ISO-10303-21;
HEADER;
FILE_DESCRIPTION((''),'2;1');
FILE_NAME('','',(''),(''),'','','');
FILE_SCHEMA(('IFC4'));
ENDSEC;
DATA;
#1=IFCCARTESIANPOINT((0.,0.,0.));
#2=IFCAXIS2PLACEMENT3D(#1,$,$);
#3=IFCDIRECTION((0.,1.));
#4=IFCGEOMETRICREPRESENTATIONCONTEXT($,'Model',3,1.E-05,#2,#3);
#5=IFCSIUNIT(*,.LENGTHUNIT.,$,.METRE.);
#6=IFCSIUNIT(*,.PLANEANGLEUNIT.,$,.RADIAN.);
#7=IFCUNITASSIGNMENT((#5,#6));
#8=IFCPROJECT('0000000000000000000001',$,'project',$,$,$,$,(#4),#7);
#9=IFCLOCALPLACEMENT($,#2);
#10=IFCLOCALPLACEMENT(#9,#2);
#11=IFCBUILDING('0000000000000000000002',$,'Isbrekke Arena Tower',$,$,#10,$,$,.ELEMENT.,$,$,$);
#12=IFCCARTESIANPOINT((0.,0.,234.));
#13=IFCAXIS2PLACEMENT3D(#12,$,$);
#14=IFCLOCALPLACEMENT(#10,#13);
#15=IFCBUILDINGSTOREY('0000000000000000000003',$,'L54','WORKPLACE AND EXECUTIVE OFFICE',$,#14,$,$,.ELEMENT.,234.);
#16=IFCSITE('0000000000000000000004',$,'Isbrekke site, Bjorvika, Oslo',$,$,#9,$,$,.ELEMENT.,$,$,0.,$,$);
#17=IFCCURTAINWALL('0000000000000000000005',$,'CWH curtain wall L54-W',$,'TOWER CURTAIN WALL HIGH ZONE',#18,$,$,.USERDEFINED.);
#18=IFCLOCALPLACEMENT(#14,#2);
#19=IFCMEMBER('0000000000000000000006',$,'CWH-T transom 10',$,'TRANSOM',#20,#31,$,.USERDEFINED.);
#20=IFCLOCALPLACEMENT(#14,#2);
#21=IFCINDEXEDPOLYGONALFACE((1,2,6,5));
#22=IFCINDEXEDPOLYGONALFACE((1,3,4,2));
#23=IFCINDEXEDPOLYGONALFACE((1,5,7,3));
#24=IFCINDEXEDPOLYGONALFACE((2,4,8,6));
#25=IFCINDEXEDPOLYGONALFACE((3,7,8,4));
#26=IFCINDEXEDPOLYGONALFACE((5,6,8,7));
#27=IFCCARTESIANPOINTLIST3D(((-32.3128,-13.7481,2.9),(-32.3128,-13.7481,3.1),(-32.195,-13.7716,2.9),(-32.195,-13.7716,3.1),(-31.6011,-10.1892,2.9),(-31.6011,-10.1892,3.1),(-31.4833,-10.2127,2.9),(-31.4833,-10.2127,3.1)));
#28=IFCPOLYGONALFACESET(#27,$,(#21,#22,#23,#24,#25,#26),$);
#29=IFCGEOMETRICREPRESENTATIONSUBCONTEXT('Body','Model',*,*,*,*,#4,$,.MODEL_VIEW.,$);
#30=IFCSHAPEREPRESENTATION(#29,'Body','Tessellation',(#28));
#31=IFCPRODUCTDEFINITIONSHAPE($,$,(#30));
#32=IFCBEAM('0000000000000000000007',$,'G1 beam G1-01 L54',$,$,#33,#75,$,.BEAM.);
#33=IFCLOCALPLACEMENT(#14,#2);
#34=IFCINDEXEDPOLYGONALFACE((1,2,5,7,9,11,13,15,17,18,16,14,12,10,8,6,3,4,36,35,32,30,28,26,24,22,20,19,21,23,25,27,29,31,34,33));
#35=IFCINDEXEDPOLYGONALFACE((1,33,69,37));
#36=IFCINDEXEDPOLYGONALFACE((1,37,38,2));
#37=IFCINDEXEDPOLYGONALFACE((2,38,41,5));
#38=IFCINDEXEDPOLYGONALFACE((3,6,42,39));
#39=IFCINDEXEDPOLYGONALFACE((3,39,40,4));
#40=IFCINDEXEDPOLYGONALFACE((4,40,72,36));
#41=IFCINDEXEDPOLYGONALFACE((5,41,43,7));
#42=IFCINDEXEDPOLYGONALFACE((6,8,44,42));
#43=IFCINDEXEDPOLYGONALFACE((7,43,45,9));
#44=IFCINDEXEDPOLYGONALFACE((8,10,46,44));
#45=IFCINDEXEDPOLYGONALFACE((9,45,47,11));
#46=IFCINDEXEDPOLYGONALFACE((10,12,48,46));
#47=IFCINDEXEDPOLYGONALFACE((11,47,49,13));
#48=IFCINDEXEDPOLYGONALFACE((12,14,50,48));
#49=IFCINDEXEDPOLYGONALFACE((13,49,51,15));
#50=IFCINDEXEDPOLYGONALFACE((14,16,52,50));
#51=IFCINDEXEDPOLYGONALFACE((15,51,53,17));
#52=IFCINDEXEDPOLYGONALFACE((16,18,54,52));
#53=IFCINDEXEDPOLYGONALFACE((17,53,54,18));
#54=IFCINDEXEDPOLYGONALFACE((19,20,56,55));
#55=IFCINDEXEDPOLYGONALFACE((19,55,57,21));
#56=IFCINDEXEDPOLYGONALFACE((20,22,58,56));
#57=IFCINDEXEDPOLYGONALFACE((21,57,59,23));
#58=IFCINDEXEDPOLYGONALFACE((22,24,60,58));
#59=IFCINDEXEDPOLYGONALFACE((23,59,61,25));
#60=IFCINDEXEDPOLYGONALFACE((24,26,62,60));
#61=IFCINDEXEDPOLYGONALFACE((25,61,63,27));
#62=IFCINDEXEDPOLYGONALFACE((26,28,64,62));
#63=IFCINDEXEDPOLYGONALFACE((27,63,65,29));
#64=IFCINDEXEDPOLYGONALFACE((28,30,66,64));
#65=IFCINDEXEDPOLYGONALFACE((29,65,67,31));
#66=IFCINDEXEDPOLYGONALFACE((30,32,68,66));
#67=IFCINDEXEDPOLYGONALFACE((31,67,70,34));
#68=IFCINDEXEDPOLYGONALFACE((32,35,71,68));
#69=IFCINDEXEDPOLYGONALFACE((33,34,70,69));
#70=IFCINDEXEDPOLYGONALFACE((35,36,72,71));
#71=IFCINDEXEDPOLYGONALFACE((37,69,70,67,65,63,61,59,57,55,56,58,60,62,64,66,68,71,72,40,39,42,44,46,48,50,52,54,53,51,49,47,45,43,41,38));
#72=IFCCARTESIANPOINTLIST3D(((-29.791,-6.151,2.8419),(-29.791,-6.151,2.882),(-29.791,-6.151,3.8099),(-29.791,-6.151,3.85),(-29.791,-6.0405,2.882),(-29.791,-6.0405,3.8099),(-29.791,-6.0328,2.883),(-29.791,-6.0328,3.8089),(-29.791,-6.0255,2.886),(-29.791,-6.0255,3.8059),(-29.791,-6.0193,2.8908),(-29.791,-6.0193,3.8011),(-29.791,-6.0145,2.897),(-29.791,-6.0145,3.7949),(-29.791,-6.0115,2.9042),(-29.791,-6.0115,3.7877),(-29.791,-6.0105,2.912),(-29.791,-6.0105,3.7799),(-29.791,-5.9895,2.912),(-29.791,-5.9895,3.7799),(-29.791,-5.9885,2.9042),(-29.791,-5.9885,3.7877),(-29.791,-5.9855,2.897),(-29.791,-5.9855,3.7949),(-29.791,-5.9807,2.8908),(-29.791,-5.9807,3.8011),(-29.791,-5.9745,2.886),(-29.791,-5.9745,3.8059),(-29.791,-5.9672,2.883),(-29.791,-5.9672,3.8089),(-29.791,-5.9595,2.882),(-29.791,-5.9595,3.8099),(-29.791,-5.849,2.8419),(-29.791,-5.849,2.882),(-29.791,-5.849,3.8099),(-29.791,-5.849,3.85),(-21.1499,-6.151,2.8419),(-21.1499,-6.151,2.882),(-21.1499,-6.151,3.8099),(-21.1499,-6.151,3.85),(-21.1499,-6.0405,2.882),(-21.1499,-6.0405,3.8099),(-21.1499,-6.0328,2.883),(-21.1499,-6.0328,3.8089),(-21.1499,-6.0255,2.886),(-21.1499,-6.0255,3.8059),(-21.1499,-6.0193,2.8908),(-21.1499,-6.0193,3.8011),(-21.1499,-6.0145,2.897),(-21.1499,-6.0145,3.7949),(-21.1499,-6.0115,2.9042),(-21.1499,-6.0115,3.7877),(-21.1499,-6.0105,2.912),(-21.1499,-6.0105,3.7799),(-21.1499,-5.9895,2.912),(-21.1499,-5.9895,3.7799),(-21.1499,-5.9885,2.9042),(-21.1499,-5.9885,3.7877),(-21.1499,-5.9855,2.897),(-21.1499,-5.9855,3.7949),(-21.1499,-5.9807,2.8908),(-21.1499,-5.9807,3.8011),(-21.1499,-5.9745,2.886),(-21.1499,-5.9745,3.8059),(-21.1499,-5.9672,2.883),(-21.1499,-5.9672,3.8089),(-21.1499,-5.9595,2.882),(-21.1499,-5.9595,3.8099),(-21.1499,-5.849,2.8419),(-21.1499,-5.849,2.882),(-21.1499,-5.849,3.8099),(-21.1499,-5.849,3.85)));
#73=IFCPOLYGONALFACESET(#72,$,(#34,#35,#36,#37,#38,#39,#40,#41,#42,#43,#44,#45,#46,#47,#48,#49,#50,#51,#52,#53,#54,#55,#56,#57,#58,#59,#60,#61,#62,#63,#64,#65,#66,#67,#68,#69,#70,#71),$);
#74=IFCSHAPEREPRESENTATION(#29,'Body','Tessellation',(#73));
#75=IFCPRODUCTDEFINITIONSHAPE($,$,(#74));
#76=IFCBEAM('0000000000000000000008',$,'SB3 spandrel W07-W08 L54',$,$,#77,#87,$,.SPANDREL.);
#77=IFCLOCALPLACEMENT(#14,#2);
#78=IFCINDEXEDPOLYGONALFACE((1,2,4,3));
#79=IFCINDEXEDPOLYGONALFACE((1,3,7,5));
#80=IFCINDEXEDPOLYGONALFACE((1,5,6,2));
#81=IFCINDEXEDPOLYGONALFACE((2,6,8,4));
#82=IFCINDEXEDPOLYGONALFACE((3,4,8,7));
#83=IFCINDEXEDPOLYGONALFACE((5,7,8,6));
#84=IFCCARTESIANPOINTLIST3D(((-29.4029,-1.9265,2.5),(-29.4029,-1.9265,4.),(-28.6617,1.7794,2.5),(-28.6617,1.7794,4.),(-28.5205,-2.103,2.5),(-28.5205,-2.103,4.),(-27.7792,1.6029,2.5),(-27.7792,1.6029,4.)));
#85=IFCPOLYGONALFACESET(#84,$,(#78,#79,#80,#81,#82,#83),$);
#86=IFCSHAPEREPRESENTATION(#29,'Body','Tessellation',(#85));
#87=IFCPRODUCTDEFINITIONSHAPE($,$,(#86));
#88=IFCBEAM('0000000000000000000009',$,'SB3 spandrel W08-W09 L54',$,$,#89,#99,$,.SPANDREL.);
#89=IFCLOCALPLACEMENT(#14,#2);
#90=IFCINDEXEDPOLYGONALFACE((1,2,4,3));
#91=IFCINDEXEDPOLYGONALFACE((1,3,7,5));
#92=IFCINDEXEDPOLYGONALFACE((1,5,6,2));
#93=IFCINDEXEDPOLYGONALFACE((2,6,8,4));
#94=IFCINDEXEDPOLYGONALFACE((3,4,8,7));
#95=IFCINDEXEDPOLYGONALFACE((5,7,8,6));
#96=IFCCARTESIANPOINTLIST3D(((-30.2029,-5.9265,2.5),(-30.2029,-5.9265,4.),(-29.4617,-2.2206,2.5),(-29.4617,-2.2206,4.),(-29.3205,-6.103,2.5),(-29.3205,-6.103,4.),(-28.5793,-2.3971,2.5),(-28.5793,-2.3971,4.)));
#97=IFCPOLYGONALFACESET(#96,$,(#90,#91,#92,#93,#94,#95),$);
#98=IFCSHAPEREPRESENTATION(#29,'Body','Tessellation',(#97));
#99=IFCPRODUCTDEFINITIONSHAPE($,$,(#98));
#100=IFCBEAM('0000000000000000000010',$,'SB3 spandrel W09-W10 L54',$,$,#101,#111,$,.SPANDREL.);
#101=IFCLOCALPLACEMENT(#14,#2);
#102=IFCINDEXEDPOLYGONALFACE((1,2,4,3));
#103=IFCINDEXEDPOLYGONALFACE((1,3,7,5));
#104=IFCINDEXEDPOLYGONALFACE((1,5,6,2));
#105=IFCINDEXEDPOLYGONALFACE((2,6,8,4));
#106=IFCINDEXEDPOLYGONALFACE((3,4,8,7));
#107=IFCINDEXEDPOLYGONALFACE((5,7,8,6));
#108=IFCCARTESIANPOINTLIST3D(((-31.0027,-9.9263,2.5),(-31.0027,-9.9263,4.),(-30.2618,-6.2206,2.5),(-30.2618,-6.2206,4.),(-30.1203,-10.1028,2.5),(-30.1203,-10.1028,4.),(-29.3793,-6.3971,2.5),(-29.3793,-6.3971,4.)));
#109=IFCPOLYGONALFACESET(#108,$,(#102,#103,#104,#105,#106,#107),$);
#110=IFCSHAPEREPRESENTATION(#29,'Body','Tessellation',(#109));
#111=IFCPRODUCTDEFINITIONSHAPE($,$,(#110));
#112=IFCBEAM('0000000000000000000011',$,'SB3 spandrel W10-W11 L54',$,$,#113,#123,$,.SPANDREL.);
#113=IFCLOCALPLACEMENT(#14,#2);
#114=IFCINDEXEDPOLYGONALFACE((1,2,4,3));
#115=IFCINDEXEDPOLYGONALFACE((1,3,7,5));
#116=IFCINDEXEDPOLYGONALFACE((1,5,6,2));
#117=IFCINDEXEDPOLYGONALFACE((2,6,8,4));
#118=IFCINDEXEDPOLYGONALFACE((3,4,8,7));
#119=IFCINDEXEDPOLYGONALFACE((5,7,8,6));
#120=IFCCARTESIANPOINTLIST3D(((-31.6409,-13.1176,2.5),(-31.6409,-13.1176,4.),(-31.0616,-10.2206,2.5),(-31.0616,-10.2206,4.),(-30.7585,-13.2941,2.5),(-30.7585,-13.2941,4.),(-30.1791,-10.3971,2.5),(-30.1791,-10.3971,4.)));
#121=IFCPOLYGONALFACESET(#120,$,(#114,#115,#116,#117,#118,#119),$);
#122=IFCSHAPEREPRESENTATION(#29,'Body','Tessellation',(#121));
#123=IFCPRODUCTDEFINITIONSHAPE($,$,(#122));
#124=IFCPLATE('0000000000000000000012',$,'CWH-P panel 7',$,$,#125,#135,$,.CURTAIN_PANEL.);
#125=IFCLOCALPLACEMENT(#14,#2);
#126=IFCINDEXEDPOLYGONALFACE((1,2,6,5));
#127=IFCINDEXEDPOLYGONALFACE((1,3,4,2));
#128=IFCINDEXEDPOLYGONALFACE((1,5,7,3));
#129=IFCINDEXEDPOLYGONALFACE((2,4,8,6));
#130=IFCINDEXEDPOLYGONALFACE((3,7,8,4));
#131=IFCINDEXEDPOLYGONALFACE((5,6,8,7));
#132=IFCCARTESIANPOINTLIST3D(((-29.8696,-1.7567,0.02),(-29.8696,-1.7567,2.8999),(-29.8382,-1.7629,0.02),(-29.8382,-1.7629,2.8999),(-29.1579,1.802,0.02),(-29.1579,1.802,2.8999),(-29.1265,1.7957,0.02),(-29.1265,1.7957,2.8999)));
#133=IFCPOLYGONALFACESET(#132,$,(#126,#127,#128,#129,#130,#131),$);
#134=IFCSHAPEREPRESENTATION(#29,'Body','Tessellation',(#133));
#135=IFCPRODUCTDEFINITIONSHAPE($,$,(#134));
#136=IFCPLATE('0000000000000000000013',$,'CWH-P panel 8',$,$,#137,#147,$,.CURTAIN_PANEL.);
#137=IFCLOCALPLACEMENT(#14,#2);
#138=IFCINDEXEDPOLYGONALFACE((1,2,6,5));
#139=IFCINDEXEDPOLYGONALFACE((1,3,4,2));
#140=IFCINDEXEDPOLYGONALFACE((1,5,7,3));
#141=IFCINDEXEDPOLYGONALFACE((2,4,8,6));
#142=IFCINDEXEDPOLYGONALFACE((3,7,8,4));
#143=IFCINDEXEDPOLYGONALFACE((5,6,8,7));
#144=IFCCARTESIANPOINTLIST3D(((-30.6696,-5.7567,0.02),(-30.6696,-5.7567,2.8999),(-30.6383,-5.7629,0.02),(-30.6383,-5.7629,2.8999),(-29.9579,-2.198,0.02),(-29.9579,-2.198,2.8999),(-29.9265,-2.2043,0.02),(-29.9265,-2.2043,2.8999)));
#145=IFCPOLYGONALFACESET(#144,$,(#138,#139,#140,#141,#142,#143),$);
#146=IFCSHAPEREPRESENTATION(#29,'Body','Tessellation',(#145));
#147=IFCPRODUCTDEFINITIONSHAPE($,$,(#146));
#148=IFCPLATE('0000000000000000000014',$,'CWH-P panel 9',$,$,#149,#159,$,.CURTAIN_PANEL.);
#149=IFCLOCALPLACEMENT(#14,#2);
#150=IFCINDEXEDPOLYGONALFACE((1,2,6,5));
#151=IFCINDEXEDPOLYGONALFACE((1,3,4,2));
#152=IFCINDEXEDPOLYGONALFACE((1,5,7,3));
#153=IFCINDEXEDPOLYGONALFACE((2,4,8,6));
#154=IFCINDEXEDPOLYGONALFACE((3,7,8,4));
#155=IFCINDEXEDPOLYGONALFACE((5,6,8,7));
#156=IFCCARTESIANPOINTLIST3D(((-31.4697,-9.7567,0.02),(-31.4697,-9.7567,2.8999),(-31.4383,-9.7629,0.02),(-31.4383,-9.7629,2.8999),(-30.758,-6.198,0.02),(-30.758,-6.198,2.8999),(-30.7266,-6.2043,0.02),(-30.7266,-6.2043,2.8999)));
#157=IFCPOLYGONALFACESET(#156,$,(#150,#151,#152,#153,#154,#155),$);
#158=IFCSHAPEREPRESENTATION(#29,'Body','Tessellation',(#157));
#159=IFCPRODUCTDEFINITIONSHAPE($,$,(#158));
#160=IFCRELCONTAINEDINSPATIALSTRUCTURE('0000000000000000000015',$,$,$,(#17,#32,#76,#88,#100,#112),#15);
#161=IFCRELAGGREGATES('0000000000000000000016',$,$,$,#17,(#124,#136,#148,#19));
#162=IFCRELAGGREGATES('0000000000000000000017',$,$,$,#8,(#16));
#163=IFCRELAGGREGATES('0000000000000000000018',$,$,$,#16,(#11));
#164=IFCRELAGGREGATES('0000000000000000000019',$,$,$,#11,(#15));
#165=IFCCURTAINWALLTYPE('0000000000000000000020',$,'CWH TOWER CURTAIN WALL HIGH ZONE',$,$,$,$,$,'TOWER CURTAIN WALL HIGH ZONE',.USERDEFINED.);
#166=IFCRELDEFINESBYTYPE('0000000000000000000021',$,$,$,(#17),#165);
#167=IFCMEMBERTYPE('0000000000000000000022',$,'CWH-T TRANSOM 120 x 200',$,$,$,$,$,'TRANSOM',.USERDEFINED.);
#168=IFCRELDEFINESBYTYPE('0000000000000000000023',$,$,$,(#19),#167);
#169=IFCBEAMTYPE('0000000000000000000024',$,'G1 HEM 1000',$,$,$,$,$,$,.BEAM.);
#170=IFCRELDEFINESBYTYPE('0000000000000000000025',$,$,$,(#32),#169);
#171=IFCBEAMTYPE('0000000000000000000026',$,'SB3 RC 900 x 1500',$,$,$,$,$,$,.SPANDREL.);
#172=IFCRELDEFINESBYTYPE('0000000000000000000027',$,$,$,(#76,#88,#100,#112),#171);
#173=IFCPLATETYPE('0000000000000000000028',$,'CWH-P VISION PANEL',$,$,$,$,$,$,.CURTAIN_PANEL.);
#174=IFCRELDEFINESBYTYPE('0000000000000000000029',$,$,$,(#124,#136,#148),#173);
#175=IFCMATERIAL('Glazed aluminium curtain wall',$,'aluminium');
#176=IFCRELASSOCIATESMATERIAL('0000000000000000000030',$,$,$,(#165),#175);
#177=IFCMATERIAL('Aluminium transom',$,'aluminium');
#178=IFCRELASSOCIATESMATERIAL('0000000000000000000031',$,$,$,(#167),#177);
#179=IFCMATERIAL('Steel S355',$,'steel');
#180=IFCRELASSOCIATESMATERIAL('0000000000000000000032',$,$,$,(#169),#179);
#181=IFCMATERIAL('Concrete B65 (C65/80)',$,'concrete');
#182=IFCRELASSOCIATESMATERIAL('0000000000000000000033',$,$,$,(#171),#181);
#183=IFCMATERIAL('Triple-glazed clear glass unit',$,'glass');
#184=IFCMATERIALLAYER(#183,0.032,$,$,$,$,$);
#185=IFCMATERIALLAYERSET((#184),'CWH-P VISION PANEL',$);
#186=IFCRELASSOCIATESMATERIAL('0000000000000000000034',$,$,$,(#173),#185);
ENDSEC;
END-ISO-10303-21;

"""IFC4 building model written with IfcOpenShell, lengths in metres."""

from ifc_helpers import new_model, si_unit, direction, frame, origin, origin_2d, place, context, subcontext, project, spatial, rectangle, i_section, extrude, material, layer, layer_set, material_profile, profile_set, type_object, element, aggregate, save


model = new_model("IFC4")

# Units and contexts
model_context = context("Model", 3, precision=1e-05, world=origin(), true_north=direction((0.0, 1.0)))
body_context = subcontext(model_context, "Body", "Model", "MODEL_VIEW")
ifc_project = project(units=[si_unit("LENGTHUNIT", "METRE"), si_unit("PLANEANGLEUNIT", "RADIAN")], contexts=[model_context])

# Site, building, storey
site_placement = place(None, origin())
site = spatial("IfcSite", under=ifc_project, at=site_placement, Name="Isbrekke site, Bjorvika, Oslo", CompositionType="ELEMENT", RefElevation=0.0)
building_placement = place(site_placement, origin())
building = spatial("IfcBuilding", under=site, at=building_placement, Name="Isbrekke Arena Tower", CompositionType="ELEMENT")
storey_placement = place(building_placement, frame((0.0, 0.0, 234.0)))
storey = spatial("IfcBuildingStorey", under=building, at=storey_placement, Name="L54", Description="WORKPLACE AND EXECUTIVE OFFICE", CompositionType="ELEMENT", Elevation=234.0)

# Curtain wall, member
ifc_material_1 = material(Name="Glazed aluminium curtain wall", Category="aluminium")
curtain_wall_type = type_object("IfcCurtainWallType", Name="CWH TOWER CURTAIN WALL HIGH ZONE", ElementType="TOWER CURTAIN WALL HIGH ZONE", PredefinedType="USERDEFINED", material=ifc_material_1)
curtain_wall_placement = place(storey_placement, origin())
curtain_wall = element("IfcCurtainWall", 1, at=curtain_wall_placement, inside=storey, type_object=curtain_wall_type, Name="CWH curtain wall L54-W", ObjectType="TOWER CURTAIN WALL HIGH ZONE", PredefinedType="USERDEFINED")
ifc_material_2 = material(Name="Aluminium transom", Category="aluminium")
ifc_material_profile_1 = material_profile(ifc_material_2, rectangle(XDim=0.1201, YDim=0.2, at=origin_2d()), Name="TRANSOM 120X200")
ifc_profile_set_1 = profile_set([ifc_material_profile_1], Name="Aluminium transom")
member_type_1 = type_object("IfcMemberType", Name="CWH-T TRANSOM 120 x 200", ElementType="TRANSOM", PredefinedType="USERDEFINED", material=ifc_profile_set_1)
member_1_placement = place(storey_placement, frame((-31.5422, -10.2009, 3.0), z_axis=(-0.19609, -0.980586, 0.0), x_axis=(0.980586, -0.19609, 0.0)))
member_1 = element("IfcMember", 2, at=member_1_placement, type_object=member_type_1, Name="CWH-T transom 10", ObjectType="TRANSOM", PredefinedType="USERDEFINED", context=body_context, shape_type="SweptSolid", body=[
    extrude(rectangle(XDim=0.1201, YDim=0.2, at=origin_2d()), origin(), (0.0, 0.0, 1.0), 3.6294),
])

# Beams
ifc_material_3 = material(Name="Steel S355", Category="steel")
ifc_material_profile_2 = material_profile(ifc_material_3, i_section(OverallWidth=0.302, OverallDepth=1.0081, WebThickness=0.021, FlangeThickness=0.04, FilletRadius=0.03, at=origin_2d()), Name="HEM 1000")
ifc_profile_set_2 = profile_set([ifc_material_profile_2], Name="Steel S355")
beam_type_1 = type_object("IfcBeamType", Name="G1 HEM 1000", PredefinedType="BEAM", material=ifc_profile_set_2)
beam_1_placement = place(storey_placement, frame((-29.791, -6.0, 3.3459), z_axis=(1.0, 0.0, 0.0), x_axis=(0.0, 1.0, 0.0)))
element("IfcBeam", 3, at=beam_1_placement, inside=storey, type_object=beam_type_1, Name="G1 beam G1-01 L54", PredefinedType="BEAM", context=body_context, shape_type="SweptSolid", body=[
    extrude(i_section(OverallWidth=0.302, OverallDepth=1.0081, WebThickness=0.021, FlangeThickness=0.04, FilletRadius=0.03, at=origin_2d()), origin(), (0.0, 0.0, 1.0), 8.6411),
])
ifc_material_4 = material(Name="Concrete B65 (C65/80)", Category="concrete")
ifc_material_profile_3 = material_profile(ifc_material_4, rectangle(XDim=0.8999, YDim=1.5, at=origin_2d()), Name="RC 900x1500")
ifc_profile_set_3 = profile_set([ifc_material_profile_3], Name="Concrete B65 (C65/80)")
beam_type_2 = type_object("IfcBeamType", Name="SB3 RC 900 x 1500", PredefinedType="SPANDREL", material=ifc_profile_set_3)
for number, where, z_axis, x_axis, name in (
    (4, (-28.2205, 1.6912, 3.25), (-0.196129, -0.980578, 0.0), (0.980578, -0.196129, 0.0), "SB3 spandrel W07-W08 L54"),
    (5, (-29.0205, -2.3088, 3.25), (-0.196129, -0.980578, 0.0), (0.980578, -0.196129, 0.0), "SB3 spandrel W08-W09 L54"),
):
    element("IfcBeam", number, at=place(storey_placement, frame(where, z_axis=z_axis, x_axis=x_axis)), inside=storey, type_object=beam_type_2, Name=name, PredefinedType="SPANDREL", context=body_context, shape_type="SweptSolid", body=[
        extrude(rectangle(XDim=0.8999, YDim=1.5, at=origin_2d()), origin(), (0.0, 0.0, 1.0), 3.7793),
    ])
beam_2_placement = place(storey_placement, frame((-29.8206, -6.3088, 3.25), z_axis=(-0.196066, -0.980591, 0.0), x_axis=(0.980591, -0.196066, 0.0)))
element("IfcBeam", 6, at=beam_2_placement, inside=storey, type_object=beam_type_2, Name="SB3 spandrel W09-W10 L54", PredefinedType="SPANDREL", context=body_context, shape_type="SweptSolid", body=[
    extrude(rectangle(XDim=0.8999, YDim=1.5, at=origin_2d()), origin(), (0.0, 0.0, 1.0), 3.7791),
])
beam_3_placement = place(storey_placement, frame((-30.6204, -10.3088, 3.25), z_axis=(-0.1961, -0.980584, 0.0), x_axis=(0.980584, -0.1961, 0.0)))
element("IfcBeam", 7, at=beam_3_placement, inside=storey, type_object=beam_type_2, Name="SB3 spandrel W10-W11 L54", PredefinedType="SPANDREL", context=body_context, shape_type="SweptSolid", body=[
    extrude(rectangle(XDim=0.8999, YDim=1.5, at=origin_2d()), origin(), (0.0, 0.0, 1.0), 2.9543),
])

# Plates
ifc_material_5 = material(Name="Triple-glazed clear glass unit", Category="glass")
ifc_layer_1 = layer(ifc_material_5, 0.032)
ifc_layer_set_1 = layer_set([ifc_layer_1], Name="CWH-P VISION PANEL")
plate_type = type_object("IfcPlateType", Name="CWH-P VISION PANEL", PredefinedType="CURTAIN_PANEL", material=ifc_layer_set_1)
plate_1_placement = place(storey_placement, frame((-29.498, 0.0195, 0.02), z_axis=(0.0, 0.0, 1.0), x_axis=(-0.196116, -0.980581, 0.0)))
plate_1 = element("IfcPlate", 8, at=plate_1_placement, type_object=plate_type, Name="CWH-P panel 7", PredefinedType="CURTAIN_PANEL", context=body_context, shape_type="SweptSolid", body=[
    extrude(rectangle(XDim=3.6292, YDim=0.032, at=origin_2d()), origin(), (0.0, 0.0, 1.0), 2.8799),
])
plate_2_placement = place(storey_placement, frame((-30.2981, -3.9805, 0.02), z_axis=(0.0, 0.0, 1.0), x_axis=(-0.196116, -0.980581, 0.0)))
plate_2 = element("IfcPlate", 9, at=plate_2_placement, type_object=plate_type, Name="CWH-P panel 8", PredefinedType="CURTAIN_PANEL", context=body_context, shape_type="SweptSolid", body=[
    extrude(rectangle(XDim=3.6292, YDim=0.032, at=origin_2d()), origin(), (0.0, 0.0, 1.0), 2.8799),
])
plate_3_placement = place(storey_placement, frame((-31.0981, -7.9805, 0.02), z_axis=(0.0, 0.0, 1.0), x_axis=(-0.196116, -0.980581, 0.0)))
plate_3 = element("IfcPlate", 10, at=plate_3_placement, type_object=plate_type, Name="CWH-P panel 9", PredefinedType="CURTAIN_PANEL", context=body_context, shape_type="SweptSolid", body=[
    extrude(rectangle(XDim=3.6292, YDim=0.032, at=origin_2d()), origin(), (0.0, 0.0, 1.0), 2.8799),
])
aggregate(curtain_wall, [plate_1, plate_2, plate_3, member_1])

save(model, "model.ifc")
